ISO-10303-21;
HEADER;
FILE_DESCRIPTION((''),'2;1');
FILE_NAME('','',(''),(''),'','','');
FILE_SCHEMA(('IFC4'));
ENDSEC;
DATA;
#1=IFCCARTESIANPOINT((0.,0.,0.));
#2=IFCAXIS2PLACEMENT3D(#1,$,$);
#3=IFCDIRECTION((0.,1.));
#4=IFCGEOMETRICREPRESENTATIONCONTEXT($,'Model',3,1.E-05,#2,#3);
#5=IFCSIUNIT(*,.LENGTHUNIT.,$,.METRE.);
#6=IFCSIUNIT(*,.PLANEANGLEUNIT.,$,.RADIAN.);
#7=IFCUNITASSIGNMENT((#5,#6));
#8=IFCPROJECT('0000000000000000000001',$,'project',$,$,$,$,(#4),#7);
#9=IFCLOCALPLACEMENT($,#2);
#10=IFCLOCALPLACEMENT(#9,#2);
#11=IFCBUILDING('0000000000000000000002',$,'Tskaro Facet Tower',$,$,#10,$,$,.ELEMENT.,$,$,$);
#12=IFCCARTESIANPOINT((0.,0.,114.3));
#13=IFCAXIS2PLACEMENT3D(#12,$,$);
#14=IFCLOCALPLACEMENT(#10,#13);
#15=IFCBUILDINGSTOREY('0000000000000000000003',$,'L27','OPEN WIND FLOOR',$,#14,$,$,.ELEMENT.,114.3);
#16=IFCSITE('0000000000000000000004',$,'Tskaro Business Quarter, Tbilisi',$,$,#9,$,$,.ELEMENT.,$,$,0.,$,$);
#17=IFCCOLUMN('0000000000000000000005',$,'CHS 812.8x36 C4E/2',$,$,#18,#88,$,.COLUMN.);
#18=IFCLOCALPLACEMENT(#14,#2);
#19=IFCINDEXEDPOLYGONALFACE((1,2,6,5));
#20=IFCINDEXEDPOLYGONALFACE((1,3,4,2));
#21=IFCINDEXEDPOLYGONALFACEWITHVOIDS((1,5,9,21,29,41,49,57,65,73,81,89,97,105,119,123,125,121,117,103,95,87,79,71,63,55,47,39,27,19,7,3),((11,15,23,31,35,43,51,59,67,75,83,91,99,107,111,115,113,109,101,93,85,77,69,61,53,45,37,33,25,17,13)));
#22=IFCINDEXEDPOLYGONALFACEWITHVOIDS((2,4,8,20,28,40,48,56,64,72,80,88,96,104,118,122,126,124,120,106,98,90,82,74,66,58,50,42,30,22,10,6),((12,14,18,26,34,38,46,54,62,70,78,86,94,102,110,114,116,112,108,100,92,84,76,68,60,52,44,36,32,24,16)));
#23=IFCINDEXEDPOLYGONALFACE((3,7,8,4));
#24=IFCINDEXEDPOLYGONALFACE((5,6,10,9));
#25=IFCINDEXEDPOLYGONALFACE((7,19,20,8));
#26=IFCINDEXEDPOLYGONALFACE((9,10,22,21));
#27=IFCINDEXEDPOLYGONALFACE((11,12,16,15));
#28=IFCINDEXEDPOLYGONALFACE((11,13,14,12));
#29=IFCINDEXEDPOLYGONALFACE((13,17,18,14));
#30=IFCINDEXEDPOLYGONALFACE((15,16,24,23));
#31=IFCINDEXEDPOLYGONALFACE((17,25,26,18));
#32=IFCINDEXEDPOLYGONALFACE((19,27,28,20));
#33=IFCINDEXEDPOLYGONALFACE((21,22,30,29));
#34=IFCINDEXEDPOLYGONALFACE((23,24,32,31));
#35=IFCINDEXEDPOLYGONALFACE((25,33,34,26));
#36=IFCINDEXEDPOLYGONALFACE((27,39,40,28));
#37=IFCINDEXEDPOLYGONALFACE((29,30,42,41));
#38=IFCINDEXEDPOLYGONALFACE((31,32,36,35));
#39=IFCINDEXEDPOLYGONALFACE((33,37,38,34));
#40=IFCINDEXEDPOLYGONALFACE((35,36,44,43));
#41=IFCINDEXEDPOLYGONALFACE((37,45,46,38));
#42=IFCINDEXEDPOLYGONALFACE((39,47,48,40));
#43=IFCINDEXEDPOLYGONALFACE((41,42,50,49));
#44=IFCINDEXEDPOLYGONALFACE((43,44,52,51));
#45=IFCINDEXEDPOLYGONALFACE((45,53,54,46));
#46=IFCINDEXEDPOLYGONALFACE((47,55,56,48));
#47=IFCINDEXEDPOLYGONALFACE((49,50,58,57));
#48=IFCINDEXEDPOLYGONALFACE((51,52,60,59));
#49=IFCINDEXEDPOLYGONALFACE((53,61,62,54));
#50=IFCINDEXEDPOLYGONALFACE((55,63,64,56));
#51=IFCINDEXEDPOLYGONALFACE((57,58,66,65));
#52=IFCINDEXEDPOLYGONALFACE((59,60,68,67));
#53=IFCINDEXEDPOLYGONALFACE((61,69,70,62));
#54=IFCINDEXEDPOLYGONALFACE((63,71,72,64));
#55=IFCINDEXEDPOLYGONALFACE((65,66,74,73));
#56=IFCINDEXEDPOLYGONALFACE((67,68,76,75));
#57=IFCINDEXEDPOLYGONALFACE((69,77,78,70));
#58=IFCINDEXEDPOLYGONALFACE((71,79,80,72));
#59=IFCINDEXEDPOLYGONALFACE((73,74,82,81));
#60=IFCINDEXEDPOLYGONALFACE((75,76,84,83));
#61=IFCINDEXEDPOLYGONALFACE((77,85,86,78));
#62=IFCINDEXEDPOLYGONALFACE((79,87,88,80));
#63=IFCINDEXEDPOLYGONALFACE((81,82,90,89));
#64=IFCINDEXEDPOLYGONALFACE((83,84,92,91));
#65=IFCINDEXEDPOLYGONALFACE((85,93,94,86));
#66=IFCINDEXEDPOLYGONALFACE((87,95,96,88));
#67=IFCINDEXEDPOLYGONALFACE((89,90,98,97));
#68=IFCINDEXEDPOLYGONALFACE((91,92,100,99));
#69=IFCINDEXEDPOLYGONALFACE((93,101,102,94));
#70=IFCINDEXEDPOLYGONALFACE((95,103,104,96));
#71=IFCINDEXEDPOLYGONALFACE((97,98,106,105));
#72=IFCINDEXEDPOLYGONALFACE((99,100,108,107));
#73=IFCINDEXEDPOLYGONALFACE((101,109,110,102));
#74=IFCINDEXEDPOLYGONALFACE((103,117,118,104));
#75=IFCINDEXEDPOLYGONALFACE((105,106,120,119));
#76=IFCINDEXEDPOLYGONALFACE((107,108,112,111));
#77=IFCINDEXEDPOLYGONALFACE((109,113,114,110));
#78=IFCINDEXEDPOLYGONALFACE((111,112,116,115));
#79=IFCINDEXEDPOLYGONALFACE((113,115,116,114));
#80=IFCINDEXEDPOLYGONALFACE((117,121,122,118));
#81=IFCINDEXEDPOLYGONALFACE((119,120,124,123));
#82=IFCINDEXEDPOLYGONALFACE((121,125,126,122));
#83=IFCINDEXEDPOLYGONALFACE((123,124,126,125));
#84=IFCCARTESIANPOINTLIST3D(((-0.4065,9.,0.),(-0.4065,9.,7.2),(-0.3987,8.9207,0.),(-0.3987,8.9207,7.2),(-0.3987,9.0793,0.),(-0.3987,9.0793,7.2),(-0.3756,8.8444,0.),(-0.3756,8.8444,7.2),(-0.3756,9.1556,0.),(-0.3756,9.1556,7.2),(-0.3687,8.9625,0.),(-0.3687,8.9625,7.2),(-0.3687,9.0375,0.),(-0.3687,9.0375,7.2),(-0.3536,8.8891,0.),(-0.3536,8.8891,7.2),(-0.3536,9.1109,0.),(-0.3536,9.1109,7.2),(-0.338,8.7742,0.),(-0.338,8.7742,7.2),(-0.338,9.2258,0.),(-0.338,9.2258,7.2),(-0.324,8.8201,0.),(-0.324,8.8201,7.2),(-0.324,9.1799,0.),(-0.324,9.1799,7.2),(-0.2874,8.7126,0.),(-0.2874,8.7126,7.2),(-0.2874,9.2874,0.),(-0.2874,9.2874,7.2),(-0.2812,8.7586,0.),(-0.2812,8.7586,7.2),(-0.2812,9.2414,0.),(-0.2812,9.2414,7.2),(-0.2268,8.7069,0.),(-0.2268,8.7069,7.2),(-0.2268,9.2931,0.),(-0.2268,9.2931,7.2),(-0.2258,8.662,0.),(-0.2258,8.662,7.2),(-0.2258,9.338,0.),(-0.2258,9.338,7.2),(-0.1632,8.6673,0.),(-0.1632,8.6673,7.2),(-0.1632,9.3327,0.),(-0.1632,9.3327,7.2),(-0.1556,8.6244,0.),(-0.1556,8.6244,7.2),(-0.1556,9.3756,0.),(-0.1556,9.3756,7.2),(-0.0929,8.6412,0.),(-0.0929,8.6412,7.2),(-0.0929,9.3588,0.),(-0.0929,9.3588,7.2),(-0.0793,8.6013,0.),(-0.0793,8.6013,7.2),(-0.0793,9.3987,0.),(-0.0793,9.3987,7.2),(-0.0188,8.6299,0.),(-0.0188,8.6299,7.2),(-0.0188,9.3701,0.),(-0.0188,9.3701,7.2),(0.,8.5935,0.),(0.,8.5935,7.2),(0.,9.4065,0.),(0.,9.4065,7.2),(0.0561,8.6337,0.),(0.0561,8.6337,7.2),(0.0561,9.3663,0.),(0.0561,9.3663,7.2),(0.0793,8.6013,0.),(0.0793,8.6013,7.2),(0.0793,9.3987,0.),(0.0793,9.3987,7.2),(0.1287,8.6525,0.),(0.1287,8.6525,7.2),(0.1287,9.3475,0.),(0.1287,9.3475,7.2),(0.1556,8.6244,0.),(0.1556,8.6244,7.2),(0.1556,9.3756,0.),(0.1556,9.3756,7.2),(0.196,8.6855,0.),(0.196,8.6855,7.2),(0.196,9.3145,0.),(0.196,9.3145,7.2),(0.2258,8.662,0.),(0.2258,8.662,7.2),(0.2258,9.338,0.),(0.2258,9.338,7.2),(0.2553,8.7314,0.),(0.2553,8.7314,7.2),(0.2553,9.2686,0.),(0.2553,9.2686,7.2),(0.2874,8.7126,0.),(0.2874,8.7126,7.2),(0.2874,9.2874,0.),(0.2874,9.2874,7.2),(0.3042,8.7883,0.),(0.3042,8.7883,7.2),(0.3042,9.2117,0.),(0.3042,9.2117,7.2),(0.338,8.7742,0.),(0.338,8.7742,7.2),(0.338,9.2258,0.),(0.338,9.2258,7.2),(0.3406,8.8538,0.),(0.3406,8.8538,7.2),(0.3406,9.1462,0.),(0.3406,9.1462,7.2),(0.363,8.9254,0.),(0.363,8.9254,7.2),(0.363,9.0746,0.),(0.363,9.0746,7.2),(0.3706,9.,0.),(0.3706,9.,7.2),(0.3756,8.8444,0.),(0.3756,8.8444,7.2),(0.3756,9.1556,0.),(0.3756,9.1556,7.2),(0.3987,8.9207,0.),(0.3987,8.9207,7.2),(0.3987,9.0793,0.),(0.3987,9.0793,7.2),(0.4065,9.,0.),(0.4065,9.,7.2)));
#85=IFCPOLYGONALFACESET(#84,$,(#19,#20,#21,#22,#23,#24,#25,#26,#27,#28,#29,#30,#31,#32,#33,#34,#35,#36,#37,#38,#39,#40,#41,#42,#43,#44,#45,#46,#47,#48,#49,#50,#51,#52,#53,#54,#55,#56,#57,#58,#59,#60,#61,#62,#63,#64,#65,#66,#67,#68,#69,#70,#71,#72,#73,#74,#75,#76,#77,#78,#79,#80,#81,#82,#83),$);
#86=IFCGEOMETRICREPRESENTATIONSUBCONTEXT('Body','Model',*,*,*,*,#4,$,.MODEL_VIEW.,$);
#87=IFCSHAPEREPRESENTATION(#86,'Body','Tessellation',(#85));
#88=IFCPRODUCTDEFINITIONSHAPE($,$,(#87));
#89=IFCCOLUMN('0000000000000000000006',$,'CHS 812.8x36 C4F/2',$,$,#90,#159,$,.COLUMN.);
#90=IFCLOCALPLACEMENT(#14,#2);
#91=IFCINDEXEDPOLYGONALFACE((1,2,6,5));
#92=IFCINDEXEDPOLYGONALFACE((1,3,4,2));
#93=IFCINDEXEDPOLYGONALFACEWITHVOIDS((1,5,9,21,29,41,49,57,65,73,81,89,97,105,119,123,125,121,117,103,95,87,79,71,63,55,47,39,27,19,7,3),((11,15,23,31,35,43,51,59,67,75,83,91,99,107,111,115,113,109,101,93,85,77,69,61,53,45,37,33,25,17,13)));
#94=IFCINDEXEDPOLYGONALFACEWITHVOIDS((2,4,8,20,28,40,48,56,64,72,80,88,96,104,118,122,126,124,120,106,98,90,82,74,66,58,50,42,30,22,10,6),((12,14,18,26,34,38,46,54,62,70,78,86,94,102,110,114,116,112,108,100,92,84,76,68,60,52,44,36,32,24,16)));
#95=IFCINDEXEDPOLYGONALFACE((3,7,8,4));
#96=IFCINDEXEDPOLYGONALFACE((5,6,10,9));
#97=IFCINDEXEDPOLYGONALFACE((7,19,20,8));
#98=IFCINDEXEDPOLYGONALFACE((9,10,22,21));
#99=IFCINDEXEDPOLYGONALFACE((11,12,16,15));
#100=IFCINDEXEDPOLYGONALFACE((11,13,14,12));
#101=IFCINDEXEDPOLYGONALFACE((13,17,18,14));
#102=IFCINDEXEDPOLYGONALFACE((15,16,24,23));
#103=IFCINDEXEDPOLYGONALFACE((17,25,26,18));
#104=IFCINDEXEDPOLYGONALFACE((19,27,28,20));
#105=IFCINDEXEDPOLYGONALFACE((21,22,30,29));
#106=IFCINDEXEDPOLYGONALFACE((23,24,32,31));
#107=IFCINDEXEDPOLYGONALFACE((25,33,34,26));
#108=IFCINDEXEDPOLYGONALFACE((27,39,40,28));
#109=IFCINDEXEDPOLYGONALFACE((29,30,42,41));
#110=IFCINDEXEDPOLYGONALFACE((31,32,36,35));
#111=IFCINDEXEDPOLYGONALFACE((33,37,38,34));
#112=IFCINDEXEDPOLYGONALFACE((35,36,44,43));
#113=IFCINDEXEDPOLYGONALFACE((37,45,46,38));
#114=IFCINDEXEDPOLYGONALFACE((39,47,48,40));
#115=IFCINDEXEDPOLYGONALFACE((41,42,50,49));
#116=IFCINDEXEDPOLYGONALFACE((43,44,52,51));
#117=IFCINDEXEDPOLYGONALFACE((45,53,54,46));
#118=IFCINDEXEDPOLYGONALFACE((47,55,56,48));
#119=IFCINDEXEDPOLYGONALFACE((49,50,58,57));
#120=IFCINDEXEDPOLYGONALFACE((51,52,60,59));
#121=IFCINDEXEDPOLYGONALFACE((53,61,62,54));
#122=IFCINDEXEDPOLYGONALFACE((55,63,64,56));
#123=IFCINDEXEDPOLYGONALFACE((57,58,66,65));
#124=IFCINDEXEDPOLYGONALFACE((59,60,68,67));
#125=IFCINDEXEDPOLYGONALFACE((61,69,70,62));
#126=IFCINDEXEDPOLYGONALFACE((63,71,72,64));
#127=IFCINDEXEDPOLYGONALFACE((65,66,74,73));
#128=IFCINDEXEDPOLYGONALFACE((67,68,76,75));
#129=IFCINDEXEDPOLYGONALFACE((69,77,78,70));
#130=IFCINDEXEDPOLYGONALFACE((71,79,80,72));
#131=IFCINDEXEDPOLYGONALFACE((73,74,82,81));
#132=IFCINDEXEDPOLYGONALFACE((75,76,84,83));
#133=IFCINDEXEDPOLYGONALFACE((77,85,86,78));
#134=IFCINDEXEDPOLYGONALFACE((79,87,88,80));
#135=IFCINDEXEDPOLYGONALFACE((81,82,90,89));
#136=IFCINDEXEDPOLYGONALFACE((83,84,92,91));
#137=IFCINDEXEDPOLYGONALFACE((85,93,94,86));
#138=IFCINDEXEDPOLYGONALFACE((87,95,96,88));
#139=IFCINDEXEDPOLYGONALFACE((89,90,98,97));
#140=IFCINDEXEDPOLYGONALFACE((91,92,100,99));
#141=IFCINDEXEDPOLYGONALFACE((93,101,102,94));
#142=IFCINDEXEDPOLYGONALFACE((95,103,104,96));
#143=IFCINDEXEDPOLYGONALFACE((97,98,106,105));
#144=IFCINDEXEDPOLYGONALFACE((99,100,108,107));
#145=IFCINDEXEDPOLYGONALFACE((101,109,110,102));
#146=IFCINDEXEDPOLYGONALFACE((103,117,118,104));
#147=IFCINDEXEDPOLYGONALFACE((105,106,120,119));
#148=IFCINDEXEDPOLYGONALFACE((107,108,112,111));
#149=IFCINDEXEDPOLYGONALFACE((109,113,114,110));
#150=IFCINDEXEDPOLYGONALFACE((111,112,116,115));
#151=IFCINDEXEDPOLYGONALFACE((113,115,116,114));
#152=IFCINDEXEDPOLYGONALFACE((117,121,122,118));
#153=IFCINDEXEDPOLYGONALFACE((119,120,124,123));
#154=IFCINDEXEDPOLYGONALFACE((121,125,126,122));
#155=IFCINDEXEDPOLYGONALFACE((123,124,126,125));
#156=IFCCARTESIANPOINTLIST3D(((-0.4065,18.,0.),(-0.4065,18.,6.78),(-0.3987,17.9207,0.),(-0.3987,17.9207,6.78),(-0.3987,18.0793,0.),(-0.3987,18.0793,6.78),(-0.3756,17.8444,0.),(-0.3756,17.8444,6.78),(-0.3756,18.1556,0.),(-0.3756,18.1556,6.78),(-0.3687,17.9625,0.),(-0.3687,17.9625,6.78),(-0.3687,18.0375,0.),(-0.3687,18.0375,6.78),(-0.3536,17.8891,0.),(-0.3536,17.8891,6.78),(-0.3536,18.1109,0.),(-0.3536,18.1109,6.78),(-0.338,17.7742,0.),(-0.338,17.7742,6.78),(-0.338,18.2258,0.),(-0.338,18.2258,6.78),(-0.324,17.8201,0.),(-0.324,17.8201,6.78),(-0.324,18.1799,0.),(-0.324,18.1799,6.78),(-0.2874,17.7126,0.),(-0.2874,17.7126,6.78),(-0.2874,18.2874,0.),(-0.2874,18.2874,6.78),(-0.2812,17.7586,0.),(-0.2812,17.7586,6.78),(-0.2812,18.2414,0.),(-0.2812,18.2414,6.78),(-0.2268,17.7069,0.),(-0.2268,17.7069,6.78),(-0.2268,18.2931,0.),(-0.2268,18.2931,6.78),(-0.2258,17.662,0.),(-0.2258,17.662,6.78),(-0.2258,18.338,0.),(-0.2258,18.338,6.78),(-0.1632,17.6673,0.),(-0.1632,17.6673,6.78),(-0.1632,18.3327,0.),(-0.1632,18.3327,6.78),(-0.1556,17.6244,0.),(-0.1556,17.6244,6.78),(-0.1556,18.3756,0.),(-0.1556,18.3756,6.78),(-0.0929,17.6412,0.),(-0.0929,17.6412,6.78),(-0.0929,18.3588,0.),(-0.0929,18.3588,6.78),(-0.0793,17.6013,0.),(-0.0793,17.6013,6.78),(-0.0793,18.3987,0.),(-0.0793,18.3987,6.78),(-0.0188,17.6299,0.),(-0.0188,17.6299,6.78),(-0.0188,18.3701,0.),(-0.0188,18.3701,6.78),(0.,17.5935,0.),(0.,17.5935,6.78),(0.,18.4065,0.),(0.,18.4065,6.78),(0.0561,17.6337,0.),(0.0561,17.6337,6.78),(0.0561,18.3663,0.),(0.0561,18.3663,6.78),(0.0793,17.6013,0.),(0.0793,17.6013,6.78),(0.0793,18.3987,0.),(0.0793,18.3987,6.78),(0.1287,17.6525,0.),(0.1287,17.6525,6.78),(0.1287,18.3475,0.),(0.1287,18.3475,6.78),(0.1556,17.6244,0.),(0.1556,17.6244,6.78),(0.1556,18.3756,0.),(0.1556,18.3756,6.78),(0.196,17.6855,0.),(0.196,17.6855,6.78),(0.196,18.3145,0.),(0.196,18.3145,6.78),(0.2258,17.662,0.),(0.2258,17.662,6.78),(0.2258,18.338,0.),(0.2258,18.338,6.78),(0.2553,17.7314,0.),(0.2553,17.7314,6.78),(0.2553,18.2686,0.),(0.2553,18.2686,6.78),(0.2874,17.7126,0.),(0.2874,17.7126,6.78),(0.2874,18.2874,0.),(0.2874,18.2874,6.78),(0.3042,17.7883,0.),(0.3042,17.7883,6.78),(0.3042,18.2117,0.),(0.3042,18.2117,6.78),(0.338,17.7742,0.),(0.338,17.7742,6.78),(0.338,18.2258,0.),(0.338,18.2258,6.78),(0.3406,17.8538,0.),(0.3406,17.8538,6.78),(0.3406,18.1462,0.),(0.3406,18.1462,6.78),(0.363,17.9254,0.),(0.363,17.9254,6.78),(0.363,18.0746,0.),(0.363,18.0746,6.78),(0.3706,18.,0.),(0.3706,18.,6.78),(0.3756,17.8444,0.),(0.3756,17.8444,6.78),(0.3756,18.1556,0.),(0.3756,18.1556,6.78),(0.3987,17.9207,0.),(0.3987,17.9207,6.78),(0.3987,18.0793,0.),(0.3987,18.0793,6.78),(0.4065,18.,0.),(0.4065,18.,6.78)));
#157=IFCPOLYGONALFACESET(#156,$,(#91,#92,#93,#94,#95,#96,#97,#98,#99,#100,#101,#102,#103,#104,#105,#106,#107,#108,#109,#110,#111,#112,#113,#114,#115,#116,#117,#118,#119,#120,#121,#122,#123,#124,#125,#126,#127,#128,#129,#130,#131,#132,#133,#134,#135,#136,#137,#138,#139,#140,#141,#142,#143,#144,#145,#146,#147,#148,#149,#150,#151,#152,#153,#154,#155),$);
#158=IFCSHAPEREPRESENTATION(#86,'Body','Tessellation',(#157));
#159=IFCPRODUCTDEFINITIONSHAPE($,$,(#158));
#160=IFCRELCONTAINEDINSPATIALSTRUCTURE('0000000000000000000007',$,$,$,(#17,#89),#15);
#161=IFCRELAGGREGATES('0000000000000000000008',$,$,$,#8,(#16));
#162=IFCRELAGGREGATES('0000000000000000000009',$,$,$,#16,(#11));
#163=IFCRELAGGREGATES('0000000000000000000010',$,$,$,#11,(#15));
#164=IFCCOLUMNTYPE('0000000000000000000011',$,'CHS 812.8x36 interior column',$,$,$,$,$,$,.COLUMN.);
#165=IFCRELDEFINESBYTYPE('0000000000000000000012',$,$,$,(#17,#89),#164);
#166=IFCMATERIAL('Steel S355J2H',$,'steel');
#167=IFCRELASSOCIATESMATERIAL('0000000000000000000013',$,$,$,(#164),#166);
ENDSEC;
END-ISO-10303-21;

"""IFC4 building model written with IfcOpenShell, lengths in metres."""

from ifc_helpers import new_model, si_unit, direction, frame, origin, origin_2d, place, context, subcontext, project, spatial, hollow_circle, extrude, material, material_profile, profile_set, type_object, element, save


model = new_model("IFC4")

# Units and contexts
model_context = context("Model", 3, precision=1e-05, world=origin(), true_north=direction((0.0, 1.0)))
body_context = subcontext(model_context, "Body", "Model", "MODEL_VIEW")
ifc_project = project(units=[si_unit("LENGTHUNIT", "METRE"), si_unit("PLANEANGLEUNIT", "RADIAN")], contexts=[model_context])

# Site, building, storey
site_placement = place(None, origin())
site = spatial("IfcSite", under=ifc_project, at=site_placement, Name="Tskaro Business Quarter, Tbilisi", CompositionType="ELEMENT", RefElevation=0.0)
building_placement = place(site_placement, origin())
building = spatial("IfcBuilding", under=site, at=building_placement, Name="Tskaro Facet Tower", CompositionType="ELEMENT")
storey_placement = place(building_placement, frame((0.0, 0.0, 114.3)))
storey = spatial("IfcBuildingStorey", under=building, at=storey_placement, Name="L27", Description="OPEN WIND FLOOR", CompositionType="ELEMENT", Elevation=114.3)

# Columns
ifc_material_1 = material(Name="Steel S355J2H", Category="steel")
ifc_material_profile_1 = material_profile(ifc_material_1, hollow_circle(Radius=0.4065, WallThickness=0.0359, at=origin_2d()), Name="CHS 812.8x36")
ifc_profile_set_1 = profile_set([ifc_material_profile_1], Name="Steel S355J2H")
column_type_1 = type_object("IfcColumnType", Name="CHS 812.8x36 interior column", PredefinedType="COLUMN", material=ifc_profile_set_1)
column_1_placement = place(storey_placement, frame((0.0, 9.0, 0.0), z_axis=(0.0, 0.0, 1.0), x_axis=(1.0, 0.0, 0.0)))
element("IfcColumn", 1, at=column_1_placement, inside=storey, type_object=column_type_1, Name="CHS 812.8x36 C4E/2", PredefinedType="COLUMN", context=body_context, shape_type="SweptSolid", body=[
    extrude(hollow_circle(Radius=0.4065, WallThickness=0.0359, at=origin_2d()), origin(), (0.0, 0.0, 1.0), 7.2),
])
column_2_placement = place(storey_placement, frame((0.0, 18.0, 0.0), z_axis=(0.0, 0.0, 1.0), x_axis=(1.0, 0.0, 0.0)))
element("IfcColumn", 2, at=column_2_placement, inside=storey, type_object=column_type_1, Name="CHS 812.8x36 C4F/2", PredefinedType="COLUMN", context=body_context, shape_type="SweptSolid", body=[
    extrude(hollow_circle(Radius=0.4065, WallThickness=0.0359, at=origin_2d()), origin(), (0.0, 0.0, 1.0), 6.78),
])

save(model, "model.ifc")
